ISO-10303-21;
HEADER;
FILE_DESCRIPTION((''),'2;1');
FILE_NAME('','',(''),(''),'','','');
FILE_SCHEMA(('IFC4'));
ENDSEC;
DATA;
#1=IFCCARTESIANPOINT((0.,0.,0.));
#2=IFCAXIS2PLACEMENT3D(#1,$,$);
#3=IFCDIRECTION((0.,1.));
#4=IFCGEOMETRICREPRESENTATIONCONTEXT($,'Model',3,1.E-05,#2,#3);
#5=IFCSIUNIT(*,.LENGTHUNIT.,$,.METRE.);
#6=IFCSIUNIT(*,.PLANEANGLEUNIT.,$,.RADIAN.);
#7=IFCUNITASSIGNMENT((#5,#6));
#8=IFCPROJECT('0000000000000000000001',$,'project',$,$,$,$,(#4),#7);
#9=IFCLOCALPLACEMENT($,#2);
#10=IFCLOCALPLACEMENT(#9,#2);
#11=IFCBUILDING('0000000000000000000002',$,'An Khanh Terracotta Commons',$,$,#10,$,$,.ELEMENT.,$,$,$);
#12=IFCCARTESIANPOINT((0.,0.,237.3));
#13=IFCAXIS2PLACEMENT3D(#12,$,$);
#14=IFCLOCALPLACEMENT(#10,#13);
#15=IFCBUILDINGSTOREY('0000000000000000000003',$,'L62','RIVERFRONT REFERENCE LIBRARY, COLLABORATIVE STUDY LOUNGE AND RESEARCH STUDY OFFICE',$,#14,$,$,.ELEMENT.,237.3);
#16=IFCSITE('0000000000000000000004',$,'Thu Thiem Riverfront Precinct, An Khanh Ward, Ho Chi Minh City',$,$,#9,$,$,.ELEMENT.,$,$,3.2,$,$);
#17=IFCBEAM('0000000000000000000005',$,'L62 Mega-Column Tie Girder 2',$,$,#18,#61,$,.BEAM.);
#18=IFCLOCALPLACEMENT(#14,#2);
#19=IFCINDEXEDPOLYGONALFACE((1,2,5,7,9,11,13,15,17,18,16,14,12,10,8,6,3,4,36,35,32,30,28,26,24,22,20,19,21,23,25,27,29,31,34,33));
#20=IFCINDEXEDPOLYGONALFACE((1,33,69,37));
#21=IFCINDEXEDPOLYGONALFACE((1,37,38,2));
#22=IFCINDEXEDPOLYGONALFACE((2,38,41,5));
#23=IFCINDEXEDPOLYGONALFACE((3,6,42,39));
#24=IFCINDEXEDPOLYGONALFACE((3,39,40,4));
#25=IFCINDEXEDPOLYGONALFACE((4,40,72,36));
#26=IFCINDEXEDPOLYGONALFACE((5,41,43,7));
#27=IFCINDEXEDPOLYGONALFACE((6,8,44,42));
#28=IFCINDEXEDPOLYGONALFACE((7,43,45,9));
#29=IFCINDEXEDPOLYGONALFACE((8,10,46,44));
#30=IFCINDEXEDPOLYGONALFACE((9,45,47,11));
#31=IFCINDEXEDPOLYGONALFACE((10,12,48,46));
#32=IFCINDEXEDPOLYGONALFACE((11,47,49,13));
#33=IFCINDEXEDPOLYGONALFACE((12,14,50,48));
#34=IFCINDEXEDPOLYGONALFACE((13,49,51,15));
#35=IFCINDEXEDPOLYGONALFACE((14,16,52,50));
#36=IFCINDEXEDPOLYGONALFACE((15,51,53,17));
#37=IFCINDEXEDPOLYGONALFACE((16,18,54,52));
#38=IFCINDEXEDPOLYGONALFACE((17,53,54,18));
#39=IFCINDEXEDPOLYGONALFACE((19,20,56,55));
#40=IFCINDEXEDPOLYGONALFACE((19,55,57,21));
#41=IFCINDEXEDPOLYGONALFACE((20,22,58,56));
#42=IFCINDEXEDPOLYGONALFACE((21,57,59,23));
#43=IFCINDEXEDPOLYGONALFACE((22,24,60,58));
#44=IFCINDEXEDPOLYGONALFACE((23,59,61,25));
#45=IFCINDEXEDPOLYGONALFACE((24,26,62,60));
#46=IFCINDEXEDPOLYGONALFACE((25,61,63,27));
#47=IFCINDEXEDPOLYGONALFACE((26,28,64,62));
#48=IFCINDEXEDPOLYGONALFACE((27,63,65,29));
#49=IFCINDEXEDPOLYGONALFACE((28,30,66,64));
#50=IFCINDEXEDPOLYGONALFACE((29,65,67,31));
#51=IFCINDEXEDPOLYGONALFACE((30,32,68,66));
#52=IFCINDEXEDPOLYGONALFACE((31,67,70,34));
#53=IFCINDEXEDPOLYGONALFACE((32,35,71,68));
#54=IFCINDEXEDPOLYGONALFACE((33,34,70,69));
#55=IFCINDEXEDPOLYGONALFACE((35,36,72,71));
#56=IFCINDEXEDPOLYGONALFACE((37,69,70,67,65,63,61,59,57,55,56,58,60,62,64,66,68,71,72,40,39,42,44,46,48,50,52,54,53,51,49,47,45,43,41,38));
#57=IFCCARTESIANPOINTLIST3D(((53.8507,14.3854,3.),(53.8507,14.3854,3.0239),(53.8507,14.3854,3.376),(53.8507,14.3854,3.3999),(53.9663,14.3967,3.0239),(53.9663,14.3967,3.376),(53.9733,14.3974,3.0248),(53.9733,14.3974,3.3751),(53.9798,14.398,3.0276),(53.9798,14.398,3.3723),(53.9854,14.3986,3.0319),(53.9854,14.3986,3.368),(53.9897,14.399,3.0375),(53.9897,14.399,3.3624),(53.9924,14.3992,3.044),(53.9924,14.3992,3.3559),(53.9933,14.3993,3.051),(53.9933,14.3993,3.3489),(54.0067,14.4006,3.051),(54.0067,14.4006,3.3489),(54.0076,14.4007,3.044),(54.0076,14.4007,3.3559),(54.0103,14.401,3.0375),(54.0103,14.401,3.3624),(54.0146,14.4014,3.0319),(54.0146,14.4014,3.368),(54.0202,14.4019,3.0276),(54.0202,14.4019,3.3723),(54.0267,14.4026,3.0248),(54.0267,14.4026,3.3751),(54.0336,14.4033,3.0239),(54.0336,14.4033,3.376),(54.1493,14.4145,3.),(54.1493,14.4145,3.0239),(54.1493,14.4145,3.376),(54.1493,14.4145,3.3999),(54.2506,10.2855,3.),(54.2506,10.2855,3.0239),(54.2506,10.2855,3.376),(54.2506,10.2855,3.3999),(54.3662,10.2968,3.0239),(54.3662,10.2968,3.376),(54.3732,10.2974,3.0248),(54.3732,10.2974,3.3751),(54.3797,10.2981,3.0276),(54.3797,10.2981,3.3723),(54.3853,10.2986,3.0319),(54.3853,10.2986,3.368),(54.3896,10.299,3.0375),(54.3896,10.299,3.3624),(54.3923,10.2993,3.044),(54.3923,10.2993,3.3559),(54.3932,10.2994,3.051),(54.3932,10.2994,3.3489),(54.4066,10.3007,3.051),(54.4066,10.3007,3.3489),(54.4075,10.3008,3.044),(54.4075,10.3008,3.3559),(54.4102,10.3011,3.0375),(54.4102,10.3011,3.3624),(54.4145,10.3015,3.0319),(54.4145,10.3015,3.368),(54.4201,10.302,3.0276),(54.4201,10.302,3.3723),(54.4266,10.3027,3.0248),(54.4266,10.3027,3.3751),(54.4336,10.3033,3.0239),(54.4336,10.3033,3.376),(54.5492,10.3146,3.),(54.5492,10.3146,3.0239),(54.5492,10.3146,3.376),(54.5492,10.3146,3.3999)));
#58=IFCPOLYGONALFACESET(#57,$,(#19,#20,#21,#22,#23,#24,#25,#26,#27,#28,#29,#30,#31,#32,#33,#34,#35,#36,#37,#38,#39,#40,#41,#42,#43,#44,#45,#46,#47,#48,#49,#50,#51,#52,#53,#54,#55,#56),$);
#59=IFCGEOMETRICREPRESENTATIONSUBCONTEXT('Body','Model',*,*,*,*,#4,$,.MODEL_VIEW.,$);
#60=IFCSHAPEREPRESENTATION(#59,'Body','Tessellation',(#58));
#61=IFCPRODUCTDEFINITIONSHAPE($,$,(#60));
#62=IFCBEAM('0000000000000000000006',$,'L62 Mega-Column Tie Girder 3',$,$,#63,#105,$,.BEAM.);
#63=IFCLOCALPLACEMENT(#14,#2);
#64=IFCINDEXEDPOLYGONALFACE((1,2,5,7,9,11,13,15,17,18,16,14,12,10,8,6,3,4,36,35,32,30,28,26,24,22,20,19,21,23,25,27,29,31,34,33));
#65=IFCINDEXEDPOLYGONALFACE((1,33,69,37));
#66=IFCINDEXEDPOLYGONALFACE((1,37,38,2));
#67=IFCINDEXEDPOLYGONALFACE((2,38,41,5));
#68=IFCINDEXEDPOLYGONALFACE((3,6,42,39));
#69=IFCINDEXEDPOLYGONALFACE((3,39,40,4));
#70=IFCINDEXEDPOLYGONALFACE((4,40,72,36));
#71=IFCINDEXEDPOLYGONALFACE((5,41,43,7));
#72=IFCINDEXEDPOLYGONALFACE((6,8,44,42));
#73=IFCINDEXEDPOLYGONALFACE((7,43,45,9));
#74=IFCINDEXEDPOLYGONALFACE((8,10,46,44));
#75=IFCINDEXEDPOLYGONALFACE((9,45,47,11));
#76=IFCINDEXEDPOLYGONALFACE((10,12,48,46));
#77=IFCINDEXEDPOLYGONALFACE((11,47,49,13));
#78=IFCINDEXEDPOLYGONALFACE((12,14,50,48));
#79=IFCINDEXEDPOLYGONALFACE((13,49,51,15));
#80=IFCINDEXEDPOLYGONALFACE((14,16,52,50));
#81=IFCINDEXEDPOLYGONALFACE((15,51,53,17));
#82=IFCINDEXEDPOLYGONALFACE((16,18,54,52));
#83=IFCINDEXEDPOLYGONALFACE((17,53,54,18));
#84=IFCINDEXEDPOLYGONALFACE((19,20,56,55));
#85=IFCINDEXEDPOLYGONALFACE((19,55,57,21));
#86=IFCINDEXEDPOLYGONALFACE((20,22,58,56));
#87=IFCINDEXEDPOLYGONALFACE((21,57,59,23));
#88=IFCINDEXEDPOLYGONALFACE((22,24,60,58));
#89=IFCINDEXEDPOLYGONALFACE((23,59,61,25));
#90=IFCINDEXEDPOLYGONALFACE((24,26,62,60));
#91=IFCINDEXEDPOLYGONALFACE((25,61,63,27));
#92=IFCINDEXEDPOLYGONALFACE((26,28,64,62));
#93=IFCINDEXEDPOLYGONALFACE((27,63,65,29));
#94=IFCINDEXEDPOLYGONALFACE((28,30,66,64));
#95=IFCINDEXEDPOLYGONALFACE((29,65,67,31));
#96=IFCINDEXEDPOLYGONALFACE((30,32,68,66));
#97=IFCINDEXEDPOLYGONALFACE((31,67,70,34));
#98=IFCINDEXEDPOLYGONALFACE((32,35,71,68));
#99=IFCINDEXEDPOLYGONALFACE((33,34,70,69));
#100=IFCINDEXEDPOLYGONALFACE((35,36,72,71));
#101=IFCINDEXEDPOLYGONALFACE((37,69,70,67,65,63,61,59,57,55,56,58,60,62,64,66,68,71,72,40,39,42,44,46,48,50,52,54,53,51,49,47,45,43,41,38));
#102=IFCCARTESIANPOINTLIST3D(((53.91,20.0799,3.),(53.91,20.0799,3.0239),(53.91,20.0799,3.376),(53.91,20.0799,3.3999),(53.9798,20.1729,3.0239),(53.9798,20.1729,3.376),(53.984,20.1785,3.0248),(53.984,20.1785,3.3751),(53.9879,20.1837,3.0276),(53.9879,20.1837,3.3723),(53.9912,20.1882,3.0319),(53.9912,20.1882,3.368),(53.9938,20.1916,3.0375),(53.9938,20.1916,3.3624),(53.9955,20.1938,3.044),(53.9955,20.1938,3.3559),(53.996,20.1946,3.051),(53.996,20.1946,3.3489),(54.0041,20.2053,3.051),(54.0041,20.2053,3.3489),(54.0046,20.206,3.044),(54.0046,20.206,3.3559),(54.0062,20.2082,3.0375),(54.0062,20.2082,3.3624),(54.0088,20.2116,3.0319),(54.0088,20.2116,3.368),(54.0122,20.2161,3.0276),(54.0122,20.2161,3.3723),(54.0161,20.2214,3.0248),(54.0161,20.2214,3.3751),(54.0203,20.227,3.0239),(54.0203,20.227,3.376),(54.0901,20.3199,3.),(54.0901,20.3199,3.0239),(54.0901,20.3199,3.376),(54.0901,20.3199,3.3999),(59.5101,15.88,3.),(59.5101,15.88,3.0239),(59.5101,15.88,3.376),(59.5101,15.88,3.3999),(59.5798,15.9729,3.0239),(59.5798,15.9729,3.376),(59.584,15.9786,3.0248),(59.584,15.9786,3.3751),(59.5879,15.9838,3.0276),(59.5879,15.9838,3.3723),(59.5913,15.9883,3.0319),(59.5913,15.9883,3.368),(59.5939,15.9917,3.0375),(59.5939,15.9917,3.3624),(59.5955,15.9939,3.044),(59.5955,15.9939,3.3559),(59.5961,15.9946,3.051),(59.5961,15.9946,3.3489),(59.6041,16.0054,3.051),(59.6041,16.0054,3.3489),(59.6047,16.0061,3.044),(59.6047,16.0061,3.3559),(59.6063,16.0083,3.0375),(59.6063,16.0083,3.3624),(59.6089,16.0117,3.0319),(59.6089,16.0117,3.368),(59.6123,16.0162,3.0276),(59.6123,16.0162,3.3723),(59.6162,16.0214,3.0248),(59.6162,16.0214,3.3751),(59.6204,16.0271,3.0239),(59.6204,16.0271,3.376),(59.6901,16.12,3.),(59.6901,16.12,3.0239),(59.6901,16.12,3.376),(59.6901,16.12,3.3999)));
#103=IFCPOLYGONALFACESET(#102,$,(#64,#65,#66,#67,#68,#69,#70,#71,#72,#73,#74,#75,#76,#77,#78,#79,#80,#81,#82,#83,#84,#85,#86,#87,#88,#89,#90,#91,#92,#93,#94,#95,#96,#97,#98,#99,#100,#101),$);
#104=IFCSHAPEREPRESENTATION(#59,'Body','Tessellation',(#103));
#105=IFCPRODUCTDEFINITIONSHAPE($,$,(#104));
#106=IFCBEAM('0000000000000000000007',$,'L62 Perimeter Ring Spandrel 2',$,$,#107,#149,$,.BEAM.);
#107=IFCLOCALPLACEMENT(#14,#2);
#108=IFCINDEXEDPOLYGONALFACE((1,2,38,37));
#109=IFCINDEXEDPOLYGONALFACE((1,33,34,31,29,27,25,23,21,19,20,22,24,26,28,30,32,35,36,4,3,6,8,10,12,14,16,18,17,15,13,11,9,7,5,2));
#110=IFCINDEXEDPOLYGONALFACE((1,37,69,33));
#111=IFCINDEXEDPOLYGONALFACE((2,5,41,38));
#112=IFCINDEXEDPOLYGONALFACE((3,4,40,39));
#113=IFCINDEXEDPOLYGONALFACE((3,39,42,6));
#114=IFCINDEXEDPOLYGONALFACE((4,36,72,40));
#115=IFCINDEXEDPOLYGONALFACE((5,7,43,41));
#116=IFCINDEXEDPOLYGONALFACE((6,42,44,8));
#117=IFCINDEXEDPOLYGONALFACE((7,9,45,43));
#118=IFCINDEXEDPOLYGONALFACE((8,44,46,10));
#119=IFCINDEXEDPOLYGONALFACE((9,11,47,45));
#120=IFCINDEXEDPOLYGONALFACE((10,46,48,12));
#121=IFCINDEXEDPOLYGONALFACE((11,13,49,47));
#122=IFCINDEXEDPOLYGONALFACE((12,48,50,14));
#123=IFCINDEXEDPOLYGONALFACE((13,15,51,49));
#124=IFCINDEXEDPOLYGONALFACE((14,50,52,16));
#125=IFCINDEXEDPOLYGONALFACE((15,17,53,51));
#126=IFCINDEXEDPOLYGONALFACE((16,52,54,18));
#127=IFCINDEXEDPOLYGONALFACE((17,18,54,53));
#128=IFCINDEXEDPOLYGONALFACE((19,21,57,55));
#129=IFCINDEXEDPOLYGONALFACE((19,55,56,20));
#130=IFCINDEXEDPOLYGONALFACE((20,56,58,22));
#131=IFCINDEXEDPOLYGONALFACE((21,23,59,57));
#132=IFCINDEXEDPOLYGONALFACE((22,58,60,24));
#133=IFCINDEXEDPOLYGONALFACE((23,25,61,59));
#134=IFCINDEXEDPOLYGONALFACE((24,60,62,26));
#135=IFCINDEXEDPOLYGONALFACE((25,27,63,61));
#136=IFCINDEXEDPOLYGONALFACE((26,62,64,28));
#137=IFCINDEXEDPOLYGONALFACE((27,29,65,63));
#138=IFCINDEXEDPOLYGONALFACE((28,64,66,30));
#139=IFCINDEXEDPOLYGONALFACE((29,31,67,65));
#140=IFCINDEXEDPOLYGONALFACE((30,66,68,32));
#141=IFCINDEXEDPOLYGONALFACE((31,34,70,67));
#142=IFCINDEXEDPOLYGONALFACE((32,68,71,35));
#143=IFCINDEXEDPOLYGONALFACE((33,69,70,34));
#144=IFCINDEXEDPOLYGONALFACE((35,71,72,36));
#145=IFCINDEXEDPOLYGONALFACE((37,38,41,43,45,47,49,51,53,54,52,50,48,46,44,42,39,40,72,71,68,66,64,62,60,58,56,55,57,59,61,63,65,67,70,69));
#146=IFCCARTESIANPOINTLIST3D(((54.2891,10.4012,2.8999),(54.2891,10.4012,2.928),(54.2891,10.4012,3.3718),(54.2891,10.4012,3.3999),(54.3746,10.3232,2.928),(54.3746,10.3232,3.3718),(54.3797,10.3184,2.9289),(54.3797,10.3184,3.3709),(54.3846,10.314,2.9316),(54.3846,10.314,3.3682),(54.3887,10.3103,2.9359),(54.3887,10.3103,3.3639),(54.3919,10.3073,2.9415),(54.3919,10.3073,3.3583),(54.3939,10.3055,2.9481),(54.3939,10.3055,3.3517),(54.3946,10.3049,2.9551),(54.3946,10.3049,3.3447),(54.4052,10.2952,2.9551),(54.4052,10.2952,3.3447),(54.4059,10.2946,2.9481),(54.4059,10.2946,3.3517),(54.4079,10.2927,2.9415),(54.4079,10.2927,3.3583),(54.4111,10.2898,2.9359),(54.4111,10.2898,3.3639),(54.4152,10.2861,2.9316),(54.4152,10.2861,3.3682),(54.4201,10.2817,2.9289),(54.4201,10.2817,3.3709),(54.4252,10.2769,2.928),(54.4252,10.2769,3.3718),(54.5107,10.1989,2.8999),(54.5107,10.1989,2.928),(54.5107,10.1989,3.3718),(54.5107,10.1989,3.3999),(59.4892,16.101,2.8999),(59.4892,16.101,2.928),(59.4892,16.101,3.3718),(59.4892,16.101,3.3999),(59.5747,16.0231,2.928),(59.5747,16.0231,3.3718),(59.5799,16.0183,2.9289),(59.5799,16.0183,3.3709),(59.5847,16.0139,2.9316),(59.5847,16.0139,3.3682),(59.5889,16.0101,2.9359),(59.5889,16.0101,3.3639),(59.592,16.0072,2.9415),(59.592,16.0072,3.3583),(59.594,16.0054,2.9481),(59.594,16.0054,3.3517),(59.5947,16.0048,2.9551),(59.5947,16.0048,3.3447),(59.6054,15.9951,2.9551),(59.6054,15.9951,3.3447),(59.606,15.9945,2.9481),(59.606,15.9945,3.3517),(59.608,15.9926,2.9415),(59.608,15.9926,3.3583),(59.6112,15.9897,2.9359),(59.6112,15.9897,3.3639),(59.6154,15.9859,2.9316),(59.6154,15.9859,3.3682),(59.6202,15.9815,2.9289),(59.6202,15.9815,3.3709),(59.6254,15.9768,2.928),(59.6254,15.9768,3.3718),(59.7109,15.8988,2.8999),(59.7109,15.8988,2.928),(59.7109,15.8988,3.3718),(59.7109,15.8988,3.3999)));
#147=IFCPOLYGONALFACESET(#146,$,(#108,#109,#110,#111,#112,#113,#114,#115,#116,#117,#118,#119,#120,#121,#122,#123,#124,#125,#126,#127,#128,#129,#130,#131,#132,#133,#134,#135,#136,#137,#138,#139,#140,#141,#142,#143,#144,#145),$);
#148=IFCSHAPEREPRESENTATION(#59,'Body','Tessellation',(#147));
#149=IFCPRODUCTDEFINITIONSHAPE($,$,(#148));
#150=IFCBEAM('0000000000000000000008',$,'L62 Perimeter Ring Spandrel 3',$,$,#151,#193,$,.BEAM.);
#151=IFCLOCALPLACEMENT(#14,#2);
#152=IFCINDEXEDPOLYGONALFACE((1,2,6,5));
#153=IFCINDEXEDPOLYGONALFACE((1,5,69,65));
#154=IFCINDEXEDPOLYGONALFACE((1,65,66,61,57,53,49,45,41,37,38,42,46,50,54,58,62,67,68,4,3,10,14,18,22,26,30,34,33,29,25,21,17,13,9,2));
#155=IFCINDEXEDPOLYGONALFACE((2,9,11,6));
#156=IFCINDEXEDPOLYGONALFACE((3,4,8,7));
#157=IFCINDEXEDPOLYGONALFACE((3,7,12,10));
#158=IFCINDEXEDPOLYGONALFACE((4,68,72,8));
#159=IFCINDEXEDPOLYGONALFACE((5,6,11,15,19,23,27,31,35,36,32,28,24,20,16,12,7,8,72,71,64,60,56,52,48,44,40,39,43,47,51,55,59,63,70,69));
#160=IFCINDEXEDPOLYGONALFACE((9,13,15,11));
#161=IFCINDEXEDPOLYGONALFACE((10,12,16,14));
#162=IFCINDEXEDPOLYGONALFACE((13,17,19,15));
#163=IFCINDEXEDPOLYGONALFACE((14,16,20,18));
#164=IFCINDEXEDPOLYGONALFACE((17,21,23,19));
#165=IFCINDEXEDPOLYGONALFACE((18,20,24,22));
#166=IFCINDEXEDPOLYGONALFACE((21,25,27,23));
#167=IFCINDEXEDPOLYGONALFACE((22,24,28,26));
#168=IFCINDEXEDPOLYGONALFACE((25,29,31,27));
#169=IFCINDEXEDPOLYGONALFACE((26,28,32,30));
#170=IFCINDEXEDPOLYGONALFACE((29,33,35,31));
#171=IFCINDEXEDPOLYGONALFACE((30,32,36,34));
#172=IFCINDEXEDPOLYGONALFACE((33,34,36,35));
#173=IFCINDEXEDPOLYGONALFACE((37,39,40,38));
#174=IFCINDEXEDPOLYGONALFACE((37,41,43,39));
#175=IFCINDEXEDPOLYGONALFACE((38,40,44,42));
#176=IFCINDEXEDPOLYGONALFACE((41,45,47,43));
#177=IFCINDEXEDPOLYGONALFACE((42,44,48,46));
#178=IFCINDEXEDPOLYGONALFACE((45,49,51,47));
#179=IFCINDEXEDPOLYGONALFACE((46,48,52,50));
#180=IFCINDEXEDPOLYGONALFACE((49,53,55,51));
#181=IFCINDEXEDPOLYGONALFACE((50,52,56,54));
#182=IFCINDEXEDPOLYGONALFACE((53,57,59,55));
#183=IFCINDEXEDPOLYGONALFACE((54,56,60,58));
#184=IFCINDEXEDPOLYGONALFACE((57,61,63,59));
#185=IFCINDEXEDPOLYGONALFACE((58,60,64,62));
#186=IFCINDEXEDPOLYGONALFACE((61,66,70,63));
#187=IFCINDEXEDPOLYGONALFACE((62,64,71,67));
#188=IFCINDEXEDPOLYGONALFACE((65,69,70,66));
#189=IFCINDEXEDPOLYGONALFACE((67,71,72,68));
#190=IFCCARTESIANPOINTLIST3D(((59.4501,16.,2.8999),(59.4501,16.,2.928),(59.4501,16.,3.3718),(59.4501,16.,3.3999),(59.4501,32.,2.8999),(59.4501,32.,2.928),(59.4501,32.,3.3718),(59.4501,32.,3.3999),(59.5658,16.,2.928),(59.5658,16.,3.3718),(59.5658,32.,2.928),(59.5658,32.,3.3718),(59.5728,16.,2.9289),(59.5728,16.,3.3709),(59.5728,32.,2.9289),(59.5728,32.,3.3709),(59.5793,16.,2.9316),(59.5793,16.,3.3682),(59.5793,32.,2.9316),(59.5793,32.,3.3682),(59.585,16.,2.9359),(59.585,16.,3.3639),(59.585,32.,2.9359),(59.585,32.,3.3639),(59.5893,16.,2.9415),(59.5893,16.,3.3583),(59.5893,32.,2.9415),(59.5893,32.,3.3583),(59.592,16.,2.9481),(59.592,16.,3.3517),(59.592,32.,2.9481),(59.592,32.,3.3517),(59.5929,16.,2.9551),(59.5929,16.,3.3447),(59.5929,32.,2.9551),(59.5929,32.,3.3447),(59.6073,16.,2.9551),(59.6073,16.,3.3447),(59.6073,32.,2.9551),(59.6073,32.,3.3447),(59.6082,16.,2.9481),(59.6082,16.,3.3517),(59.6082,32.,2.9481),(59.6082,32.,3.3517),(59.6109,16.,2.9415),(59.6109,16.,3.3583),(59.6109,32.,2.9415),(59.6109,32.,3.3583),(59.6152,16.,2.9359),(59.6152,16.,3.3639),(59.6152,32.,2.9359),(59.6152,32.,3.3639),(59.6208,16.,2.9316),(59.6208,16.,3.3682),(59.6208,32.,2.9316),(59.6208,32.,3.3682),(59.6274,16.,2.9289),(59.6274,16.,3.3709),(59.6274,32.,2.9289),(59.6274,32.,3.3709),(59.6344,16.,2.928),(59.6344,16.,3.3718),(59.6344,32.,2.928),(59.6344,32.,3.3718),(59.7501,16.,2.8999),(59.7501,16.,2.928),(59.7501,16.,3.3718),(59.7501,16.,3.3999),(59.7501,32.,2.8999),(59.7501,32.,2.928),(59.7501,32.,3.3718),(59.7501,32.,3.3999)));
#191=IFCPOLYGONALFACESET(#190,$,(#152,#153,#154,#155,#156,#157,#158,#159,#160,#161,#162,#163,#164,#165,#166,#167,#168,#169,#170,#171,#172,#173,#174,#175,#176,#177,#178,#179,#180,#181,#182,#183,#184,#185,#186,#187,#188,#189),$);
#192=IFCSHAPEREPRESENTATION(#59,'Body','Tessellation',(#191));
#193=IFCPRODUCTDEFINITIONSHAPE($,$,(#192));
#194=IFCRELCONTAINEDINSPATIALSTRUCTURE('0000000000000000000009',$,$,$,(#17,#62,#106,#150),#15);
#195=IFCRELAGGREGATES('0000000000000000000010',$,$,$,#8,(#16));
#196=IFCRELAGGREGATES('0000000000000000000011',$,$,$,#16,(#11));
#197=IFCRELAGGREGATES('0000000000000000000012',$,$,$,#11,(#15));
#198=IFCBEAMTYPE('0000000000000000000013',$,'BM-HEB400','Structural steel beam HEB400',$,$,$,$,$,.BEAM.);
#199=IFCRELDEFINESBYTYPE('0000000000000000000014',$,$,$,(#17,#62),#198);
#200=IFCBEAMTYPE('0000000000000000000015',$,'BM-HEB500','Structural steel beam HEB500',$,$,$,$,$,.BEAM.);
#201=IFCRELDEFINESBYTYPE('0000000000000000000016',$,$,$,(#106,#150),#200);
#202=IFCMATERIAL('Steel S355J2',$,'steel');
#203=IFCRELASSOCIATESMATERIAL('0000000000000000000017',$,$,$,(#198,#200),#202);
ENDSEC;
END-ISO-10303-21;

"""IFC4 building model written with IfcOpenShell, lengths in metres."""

from ifc_helpers import new_model, si_unit, direction, frame, origin, origin_2d, place, context, subcontext, project, spatial, i_section, extrude, material, material_profile, profile_set, type_object, element, save


model = new_model("IFC4")

# Units and contexts
model_context = context("Model", 3, precision=1e-05, world=origin(), true_north=direction((0.0, 1.0)))
body_context = subcontext(model_context, "Body", "Model", "MODEL_VIEW")
ifc_project = project(units=[si_unit("LENGTHUNIT", "METRE"), si_unit("PLANEANGLEUNIT", "RADIAN")], contexts=[model_context])

# Site, building, storey
site_placement = place(None, origin())
site = spatial("IfcSite", under=ifc_project, at=site_placement, Name="Thu Thiem Riverfront Precinct, An Khanh Ward, Ho Chi Minh City", CompositionType="ELEMENT", RefElevation=3.2)
building_placement = place(site_placement, origin())
building = spatial("IfcBuilding", under=site, at=building_placement, Name="An Khanh Terracotta Commons", CompositionType="ELEMENT")
storey_placement = place(building_placement, frame((0.0, 0.0, 237.3)))
storey = spatial("IfcBuildingStorey", under=building, at=storey_placement, Name="L62", Description="RIVERFRONT REFERENCE LIBRARY, COLLABORATIVE STUDY LOUNGE AND RESEARCH STUDY OFFICE", CompositionType="ELEMENT", Elevation=237.3)

# Beams
ifc_material_1 = material(Name="Steel S355J2", Category="steel")
ifc_material_profile_1 = material_profile(ifc_material_1, i_section(OverallWidth=0.3, OverallDepth=0.3999, WebThickness=0.0134, FlangeThickness=0.0239, FilletRadius=0.0271, at=origin_2d()), Name="HEB400")
ifc_profile_set_1 = profile_set([ifc_material_profile_1], Name="Steel S355J2")
beam_type_1 = type_object("IfcBeamType", Name="BM-HEB400", Description="Structural steel beam HEB400", PredefinedType="BEAM", material=ifc_profile_set_1)
beam_1_placement = place(storey_placement, frame((54.3999, 10.3, 3.2), z_axis=(-0.09708, 0.995277, 0.0), x_axis=(-0.995277, -0.09708, 0.0)))
element("IfcBeam", 1, at=beam_1_placement, inside=storey, type_object=beam_type_1, Name="L62 Mega-Column Tie Girder 2", PredefinedType="BEAM", context=body_context, shape_type="SweptSolid", body=[
    extrude(i_section(OverallWidth=0.3, OverallDepth=0.3999, WebThickness=0.0134, FlangeThickness=0.0239, FilletRadius=0.0271, at=origin_2d()), origin(), (0.0, 0.0, 1.0), 4.1194),
])
beam_2_placement = place(storey_placement, frame((59.6001, 16.0, 3.2), z_axis=(-0.800008, 0.599989, 0.0), x_axis=(-0.599989, -0.800008, 0.0)))
element("IfcBeam", 2, at=beam_2_placement, inside=storey, type_object=beam_type_1, Name="L62 Mega-Column Tie Girder 3", PredefinedType="BEAM", context=body_context, shape_type="SweptSolid", body=[
    extrude(i_section(OverallWidth=0.3, OverallDepth=0.3999, WebThickness=0.0134, FlangeThickness=0.0239, FilletRadius=0.0271, at=origin_2d()), origin(), (0.0, 0.0, 1.0), 7.0),
])
ifc_material_profile_2 = material_profile(ifc_material_1, i_section(OverallWidth=0.3, OverallDepth=0.5, WebThickness=0.0144, FlangeThickness=0.0281, FilletRadius=0.0271, at=origin_2d()), Name="HEB500")
ifc_profile_set_2 = profile_set([ifc_material_profile_2], Name="Steel S355J2")
beam_type_2 = type_object("IfcBeamType", Name="BM-HEB500", Description="Structural steel beam HEB500", PredefinedType="BEAM", material=ifc_profile_set_2)
beam_3_placement = place(storey_placement, frame((54.3999, 10.3, 3.1499), z_axis=(0.673979, 0.738751, 0.0), x_axis=(-0.738751, 0.673979, 0.0)))
element("IfcBeam", 3, at=beam_3_placement, inside=storey, type_object=beam_type_2, Name="L62 Perimeter Ring Spandrel 2", PredefinedType="BEAM", context=body_context, shape_type="SweptSolid", body=[
    extrude(i_section(OverallWidth=0.3, OverallDepth=0.5, WebThickness=0.0144, FlangeThickness=0.0281, FilletRadius=0.0271, at=origin_2d()), origin(), (0.0, 0.0, 1.0), 7.7156),
])
beam_4_placement = place(storey_placement, frame((59.6001, 16.0, 3.1499), z_axis=(0.0, 1.0, 0.0), x_axis=(-1.0, 0.0, 0.0)))
element("IfcBeam", 4, at=beam_4_placement, inside=storey, type_object=beam_type_2, Name="L62 Perimeter Ring Spandrel 3", PredefinedType="BEAM", context=body_context, shape_type="SweptSolid", body=[
    extrude(i_section(OverallWidth=0.3, OverallDepth=0.5, WebThickness=0.0144, FlangeThickness=0.0281, FilletRadius=0.0271, at=origin_2d()), origin(), (0.0, 0.0, 1.0), 16.0),
])

save(model, "model.ifc")
